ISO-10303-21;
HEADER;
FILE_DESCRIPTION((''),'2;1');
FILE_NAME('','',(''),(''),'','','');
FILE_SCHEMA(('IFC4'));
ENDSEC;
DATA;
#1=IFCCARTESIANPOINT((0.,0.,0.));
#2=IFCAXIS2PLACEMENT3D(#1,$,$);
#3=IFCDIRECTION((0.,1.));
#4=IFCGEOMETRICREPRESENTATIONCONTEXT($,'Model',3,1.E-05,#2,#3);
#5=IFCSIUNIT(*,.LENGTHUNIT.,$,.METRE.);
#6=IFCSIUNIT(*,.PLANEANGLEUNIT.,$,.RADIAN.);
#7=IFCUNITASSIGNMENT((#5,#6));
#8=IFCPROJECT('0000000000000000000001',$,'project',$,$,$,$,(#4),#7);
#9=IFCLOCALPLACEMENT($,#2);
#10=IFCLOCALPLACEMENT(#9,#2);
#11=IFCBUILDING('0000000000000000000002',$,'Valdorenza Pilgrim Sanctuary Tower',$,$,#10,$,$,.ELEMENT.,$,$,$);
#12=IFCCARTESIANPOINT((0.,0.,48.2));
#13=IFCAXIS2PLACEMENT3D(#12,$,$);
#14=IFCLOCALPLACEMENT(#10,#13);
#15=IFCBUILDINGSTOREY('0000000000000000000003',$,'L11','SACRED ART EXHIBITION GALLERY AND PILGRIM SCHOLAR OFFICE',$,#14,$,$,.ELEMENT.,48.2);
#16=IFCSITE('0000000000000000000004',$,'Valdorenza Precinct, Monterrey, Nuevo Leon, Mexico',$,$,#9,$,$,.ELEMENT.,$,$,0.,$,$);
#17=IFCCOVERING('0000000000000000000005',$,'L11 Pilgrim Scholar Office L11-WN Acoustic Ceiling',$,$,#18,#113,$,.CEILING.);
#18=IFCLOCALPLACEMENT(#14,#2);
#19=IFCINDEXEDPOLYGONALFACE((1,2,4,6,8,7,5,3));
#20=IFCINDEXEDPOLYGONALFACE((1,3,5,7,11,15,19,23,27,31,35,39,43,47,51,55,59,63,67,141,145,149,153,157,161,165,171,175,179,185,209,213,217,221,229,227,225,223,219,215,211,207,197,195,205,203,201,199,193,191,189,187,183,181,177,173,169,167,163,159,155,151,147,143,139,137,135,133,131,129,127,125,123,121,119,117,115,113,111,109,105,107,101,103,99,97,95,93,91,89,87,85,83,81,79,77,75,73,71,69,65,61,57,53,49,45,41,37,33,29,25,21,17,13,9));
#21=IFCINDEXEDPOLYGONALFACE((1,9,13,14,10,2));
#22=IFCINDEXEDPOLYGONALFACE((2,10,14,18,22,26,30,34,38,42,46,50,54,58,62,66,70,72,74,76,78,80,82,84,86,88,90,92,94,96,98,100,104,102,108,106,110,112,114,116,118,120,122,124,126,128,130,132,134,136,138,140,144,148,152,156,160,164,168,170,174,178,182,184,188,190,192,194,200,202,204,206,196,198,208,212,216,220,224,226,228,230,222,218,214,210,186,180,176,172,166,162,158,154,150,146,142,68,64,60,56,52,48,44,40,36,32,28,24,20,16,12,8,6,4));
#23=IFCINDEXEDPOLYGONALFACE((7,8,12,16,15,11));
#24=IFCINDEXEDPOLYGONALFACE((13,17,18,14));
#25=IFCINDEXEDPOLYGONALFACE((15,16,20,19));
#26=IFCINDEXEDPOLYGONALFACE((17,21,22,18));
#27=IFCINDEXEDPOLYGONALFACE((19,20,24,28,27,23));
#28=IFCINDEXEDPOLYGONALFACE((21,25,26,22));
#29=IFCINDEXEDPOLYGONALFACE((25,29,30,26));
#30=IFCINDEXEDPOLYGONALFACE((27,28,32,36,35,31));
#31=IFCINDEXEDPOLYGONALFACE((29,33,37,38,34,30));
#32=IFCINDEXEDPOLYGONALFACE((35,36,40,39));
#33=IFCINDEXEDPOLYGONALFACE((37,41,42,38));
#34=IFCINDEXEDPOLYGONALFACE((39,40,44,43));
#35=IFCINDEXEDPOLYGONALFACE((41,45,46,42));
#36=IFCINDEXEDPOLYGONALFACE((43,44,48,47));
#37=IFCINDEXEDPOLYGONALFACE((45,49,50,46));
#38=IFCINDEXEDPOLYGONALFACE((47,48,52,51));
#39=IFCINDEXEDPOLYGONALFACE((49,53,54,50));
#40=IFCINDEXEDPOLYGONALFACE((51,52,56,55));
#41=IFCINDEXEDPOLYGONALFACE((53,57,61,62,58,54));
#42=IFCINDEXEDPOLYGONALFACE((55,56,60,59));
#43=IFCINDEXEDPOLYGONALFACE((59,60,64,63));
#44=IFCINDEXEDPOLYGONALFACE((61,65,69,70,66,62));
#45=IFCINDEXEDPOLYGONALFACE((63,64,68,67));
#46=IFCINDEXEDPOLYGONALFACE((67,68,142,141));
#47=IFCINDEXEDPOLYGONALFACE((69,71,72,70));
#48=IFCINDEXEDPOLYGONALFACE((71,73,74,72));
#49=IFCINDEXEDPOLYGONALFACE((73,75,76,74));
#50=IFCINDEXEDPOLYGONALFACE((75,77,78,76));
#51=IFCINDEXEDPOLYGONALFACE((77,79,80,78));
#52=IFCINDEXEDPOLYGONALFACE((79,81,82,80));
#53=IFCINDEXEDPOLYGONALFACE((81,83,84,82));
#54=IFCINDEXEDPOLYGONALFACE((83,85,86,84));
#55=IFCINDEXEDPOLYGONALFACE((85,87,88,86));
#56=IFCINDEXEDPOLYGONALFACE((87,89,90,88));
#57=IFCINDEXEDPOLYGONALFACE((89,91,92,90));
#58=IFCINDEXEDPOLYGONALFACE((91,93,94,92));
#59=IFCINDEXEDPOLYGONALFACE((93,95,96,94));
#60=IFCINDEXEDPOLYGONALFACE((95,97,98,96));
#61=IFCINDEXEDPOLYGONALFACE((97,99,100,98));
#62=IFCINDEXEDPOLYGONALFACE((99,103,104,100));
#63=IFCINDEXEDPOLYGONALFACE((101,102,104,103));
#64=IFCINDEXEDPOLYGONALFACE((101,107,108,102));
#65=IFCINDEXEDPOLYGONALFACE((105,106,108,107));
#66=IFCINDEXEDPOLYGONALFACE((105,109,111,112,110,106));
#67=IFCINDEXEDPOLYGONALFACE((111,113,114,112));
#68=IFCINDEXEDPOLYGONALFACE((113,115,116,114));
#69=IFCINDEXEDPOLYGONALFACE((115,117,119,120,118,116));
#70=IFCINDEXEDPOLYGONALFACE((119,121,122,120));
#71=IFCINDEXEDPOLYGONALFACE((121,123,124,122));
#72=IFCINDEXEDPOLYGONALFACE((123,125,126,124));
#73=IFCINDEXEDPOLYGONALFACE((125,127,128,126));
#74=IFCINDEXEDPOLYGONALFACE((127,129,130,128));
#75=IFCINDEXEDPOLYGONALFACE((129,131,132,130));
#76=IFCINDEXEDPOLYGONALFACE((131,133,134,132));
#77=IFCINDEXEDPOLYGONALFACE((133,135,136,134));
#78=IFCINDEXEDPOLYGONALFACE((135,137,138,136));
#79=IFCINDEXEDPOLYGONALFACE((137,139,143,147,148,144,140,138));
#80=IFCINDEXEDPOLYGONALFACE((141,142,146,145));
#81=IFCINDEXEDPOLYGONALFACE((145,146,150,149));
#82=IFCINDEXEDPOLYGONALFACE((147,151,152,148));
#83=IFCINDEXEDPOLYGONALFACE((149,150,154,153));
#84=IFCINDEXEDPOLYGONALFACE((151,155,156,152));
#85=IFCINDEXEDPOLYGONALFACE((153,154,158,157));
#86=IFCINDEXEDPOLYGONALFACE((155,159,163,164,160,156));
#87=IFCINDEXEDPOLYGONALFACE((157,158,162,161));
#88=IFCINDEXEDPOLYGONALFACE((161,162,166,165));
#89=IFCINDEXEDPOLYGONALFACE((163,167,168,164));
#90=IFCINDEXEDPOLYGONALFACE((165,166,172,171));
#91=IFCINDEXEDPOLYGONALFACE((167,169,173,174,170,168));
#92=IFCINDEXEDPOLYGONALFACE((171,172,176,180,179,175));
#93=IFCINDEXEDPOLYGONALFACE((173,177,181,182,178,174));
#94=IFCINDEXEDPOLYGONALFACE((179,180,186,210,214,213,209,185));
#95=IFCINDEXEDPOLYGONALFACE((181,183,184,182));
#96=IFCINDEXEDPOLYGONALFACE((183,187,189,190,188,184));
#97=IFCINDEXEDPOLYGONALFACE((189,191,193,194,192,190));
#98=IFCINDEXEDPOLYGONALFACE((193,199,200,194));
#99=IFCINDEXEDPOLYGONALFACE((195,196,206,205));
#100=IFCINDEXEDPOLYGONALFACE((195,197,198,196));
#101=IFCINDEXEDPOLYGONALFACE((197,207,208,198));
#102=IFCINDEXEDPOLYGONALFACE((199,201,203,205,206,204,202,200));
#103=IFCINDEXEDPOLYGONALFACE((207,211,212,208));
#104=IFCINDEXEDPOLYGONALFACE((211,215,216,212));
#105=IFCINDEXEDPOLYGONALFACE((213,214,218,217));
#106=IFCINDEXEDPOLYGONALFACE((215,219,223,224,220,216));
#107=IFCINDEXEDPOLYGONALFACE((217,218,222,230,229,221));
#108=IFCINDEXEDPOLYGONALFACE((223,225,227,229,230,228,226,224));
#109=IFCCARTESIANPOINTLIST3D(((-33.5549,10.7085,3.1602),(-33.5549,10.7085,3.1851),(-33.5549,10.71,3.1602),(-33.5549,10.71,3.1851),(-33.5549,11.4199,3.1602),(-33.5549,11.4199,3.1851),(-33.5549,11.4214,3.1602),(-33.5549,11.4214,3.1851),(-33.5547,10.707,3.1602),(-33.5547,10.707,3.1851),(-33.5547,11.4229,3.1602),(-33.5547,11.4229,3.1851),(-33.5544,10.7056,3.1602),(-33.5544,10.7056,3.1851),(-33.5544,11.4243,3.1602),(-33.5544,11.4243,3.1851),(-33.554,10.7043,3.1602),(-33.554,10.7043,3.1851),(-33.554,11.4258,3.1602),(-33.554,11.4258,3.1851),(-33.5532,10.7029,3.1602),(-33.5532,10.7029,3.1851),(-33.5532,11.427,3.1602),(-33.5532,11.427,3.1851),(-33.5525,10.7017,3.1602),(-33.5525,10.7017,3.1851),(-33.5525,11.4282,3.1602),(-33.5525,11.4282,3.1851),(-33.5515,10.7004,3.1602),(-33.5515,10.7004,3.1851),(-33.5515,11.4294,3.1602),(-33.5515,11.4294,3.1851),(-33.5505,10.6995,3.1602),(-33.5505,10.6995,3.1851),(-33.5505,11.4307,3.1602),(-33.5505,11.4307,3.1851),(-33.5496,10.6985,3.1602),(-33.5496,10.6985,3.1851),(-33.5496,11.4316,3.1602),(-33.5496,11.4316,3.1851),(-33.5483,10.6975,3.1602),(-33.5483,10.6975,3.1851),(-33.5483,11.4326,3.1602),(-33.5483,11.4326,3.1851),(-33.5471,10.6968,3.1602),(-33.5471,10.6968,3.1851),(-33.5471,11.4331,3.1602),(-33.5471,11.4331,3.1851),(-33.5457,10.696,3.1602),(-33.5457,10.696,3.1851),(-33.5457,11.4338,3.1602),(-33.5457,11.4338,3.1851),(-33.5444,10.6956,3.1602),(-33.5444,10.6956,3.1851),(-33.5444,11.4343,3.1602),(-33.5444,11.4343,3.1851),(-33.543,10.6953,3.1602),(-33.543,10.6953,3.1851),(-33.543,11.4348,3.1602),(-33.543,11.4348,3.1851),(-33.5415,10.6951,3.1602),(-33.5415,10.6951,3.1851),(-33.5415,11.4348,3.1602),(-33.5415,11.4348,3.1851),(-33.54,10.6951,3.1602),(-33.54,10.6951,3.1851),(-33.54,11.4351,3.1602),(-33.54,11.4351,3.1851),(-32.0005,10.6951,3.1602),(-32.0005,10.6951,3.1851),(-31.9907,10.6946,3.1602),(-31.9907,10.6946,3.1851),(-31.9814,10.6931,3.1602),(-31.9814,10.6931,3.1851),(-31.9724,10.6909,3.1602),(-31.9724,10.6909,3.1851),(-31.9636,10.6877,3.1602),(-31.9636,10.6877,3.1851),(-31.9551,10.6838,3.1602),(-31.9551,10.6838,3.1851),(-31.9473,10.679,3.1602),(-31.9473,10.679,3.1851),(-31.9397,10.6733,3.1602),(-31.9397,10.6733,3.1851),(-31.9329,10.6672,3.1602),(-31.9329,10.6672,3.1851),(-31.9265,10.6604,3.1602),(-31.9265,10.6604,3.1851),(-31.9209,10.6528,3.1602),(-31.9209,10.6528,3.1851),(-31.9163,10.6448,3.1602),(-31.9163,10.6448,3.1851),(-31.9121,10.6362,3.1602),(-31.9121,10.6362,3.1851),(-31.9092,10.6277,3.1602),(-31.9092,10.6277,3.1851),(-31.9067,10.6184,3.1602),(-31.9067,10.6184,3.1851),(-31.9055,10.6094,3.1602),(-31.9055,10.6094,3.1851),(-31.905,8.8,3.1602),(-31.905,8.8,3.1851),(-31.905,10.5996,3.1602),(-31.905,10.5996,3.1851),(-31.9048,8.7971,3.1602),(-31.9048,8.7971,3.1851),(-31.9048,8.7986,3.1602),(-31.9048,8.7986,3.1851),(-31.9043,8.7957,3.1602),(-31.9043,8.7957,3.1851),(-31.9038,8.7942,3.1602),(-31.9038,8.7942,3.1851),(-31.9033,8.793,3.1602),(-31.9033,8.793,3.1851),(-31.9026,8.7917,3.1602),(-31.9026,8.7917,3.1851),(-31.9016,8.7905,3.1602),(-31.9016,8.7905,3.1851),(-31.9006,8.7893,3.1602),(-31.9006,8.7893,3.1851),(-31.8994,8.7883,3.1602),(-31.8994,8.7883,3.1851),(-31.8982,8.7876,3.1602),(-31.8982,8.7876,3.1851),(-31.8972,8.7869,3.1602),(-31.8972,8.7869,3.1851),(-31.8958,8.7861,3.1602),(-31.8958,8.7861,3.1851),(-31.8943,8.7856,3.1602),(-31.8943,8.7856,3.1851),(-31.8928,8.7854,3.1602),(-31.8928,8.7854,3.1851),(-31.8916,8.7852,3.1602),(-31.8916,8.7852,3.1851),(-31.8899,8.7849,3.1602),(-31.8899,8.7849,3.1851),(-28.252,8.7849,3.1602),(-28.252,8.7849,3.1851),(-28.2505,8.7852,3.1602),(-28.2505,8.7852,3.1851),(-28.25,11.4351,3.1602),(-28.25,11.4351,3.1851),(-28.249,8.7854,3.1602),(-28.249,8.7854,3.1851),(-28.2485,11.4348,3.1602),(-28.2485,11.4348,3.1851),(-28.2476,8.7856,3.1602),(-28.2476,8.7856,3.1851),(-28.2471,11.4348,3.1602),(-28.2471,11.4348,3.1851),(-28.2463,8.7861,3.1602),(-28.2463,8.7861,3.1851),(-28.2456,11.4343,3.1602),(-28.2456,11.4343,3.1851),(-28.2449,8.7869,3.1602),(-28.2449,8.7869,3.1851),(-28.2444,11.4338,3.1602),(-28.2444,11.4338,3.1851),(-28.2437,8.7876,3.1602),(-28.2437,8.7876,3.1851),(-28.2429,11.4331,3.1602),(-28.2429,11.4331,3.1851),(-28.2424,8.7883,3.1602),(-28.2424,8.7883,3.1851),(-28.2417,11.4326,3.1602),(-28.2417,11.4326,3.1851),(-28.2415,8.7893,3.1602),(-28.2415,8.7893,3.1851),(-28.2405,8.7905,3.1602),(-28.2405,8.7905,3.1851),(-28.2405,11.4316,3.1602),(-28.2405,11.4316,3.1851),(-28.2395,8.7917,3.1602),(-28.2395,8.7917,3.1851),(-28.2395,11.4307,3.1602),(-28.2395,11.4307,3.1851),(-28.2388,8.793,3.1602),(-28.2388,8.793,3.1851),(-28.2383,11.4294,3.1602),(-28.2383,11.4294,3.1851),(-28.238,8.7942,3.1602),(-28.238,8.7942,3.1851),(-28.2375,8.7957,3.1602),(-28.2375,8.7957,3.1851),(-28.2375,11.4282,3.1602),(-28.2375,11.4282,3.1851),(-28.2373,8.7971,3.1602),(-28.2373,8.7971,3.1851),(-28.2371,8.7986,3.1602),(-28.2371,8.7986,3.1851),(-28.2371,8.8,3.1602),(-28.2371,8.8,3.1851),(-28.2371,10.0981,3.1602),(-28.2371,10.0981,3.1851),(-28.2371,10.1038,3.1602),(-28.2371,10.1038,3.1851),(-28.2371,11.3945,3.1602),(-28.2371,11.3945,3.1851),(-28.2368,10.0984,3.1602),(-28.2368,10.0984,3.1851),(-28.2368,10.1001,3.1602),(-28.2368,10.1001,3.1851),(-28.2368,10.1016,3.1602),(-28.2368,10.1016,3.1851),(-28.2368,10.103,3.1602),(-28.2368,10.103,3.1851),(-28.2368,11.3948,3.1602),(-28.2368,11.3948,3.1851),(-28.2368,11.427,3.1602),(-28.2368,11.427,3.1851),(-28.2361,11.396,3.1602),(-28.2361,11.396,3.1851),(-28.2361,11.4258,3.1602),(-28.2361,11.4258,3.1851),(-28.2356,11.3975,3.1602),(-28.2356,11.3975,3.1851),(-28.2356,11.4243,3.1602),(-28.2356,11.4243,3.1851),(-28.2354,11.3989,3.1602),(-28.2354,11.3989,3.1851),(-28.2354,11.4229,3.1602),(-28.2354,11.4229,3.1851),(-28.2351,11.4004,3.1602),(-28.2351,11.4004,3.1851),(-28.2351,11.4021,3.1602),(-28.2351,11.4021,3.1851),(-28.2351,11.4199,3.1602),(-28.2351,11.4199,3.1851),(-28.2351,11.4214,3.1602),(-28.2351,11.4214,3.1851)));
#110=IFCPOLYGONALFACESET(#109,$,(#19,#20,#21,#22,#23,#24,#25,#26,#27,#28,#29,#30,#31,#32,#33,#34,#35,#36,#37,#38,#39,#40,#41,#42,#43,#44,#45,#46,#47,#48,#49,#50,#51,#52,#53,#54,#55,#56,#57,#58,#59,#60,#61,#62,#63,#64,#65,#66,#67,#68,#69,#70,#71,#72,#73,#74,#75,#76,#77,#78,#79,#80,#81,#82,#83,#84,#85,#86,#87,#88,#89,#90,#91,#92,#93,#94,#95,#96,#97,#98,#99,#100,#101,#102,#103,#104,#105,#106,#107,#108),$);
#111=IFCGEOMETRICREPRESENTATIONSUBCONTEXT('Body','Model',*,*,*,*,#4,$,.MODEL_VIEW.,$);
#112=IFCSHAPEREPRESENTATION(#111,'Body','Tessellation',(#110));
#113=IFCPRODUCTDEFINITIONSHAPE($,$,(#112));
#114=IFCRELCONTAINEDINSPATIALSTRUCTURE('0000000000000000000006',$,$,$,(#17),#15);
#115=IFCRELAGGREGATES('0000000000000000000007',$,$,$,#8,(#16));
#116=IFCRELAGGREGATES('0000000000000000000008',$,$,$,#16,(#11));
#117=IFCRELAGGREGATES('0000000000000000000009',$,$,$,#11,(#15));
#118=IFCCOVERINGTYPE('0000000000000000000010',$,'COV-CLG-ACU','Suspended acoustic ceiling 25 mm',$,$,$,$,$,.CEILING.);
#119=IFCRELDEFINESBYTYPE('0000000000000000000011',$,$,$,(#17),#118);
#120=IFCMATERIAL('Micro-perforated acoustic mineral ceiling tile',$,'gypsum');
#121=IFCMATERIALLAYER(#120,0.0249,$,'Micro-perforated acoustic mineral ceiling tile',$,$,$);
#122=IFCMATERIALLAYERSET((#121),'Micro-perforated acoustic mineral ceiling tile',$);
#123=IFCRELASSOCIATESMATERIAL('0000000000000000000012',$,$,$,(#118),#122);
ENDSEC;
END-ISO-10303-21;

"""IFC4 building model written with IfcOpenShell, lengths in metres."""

from ifc_helpers import new_model, si_unit, direction, frame, origin, place, context, subcontext, project, spatial, polyline, outline, extrude, material, layer, layer_set, type_object, element, save


model = new_model("IFC4")

# Units and contexts
model_context = context("Model", 3, precision=1e-05, world=origin(), true_north=direction((0.0, 1.0)))
body_context = subcontext(model_context, "Body", "Model", "MODEL_VIEW")
ifc_project = project(units=[si_unit("LENGTHUNIT", "METRE"), si_unit("PLANEANGLEUNIT", "RADIAN")], contexts=[model_context])

# Site, building, storey
site_placement = place(None, origin())
site = spatial("IfcSite", under=ifc_project, at=site_placement, Name="Valdorenza Precinct, Monterrey, Nuevo Leon, Mexico", CompositionType="ELEMENT", RefElevation=0.0)
building_placement = place(site_placement, origin())
building = spatial("IfcBuilding", under=site, at=building_placement, Name="Valdorenza Pilgrim Sanctuary Tower", CompositionType="ELEMENT")
storey_placement = place(building_placement, frame((0.0, 0.0, 48.2)))
storey = spatial("IfcBuildingStorey", under=building, at=storey_placement, Name="L11", Description="SACRED ART EXHIBITION GALLERY AND PILGRIM SCHOLAR OFFICE", CompositionType="ELEMENT", Elevation=48.2)

# Covering
ifc_material_1 = material(Name="Micro-perforated acoustic mineral ceiling tile", Category="gypsum")
ifc_layer_1 = layer(ifc_material_1, 0.0249, Name="Micro-perforated acoustic mineral ceiling tile")
ifc_layer_set_1 = layer_set([ifc_layer_1], Name="Micro-perforated acoustic mineral ceiling tile")
covering_type_1 = type_object("IfcCoveringType", Name="COV-CLG-ACU", Description="Suspended acoustic ceiling 25 mm", PredefinedType="CEILING", material=ifc_layer_set_1)
covering_1_placement = place(storey_placement, frame((0.0, 0.0, 3.1602)))
element("IfcCovering", 1, at=covering_1_placement, inside=storey, type_object=covering_type_1, Name="L11 Pilgrim Scholar Office L11-WN Acoustic Ceiling", PredefinedType="CEILING", context=body_context, shape_type="SweptSolid", body=[
    extrude(outline(polyline([(-28.2371, 11.3945), (-28.2371, 10.1038), (-28.2368, 10.103), (-28.2368, 10.1016), (-28.2368, 10.1001), (-28.2368, 10.0984), (-28.2371, 10.0981), (-28.2371, 8.8), (-28.2371, 8.7986), (-28.2373, 8.7971), (-28.2375, 8.7957), (-28.238, 8.7942), (-28.2388, 8.793), (-28.2395, 8.7917), (-28.2405, 8.7905), (-28.2415, 8.7893), (-28.2424, 8.7883), (-28.2437, 8.7876), (-28.2449, 8.7869), (-28.2463, 8.7861), (-28.2476, 8.7856), (-28.249, 8.7854), (-28.2505, 8.7852), (-28.252, 8.7849), (-31.8899, 8.7849), (-31.8916, 8.7852), (-31.8928, 8.7854), (-31.8943, 8.7856), (-31.8958, 8.7861), (-31.8972, 8.7869), (-31.8982, 8.7876), (-31.8994, 8.7883), (-31.9006, 8.7893), (-31.9016, 8.7905), (-31.9026, 8.7917), (-31.9033, 8.793), (-31.9038, 8.7942), (-31.9043, 8.7957), (-31.9048, 8.7971), (-31.9048, 8.7986), (-31.905, 8.8), (-31.905, 10.5996), (-31.9055, 10.6094), (-31.9067, 10.6184), (-31.9092, 10.6277), (-31.9121, 10.6362), (-31.9163, 10.6448), (-31.9209, 10.6528), (-31.9265, 10.6604), (-31.9329, 10.6672), (-31.9397, 10.6733), (-31.9473, 10.679), (-31.9551, 10.6838), (-31.9636, 10.6877), (-31.9724, 10.6909), (-31.9814, 10.6931), (-31.9907, 10.6946), (-32.0005, 10.6951), (-33.54, 10.6951), (-33.5415, 10.6951), (-33.543, 10.6953), (-33.5444, 10.6956), (-33.5457, 10.696), (-33.5471, 10.6968), (-33.5483, 10.6975), (-33.5496, 10.6985), (-33.5505, 10.6995), (-33.5515, 10.7004), (-33.5525, 10.7017), (-33.5532, 10.7029), (-33.554, 10.7043), (-33.5544, 10.7056), (-33.5547, 10.707), (-33.5549, 10.7085), (-33.5549, 10.71), (-33.5549, 11.4199), (-33.5549, 11.4214), (-33.5547, 11.4229), (-33.5544, 11.4243), (-33.554, 11.4258), (-33.5532, 11.427), (-33.5525, 11.4282), (-33.5515, 11.4294), (-33.5505, 11.4307), (-33.5496, 11.4316), (-33.5483, 11.4326), (-33.5471, 11.4331), (-33.5457, 11.4338), (-33.5444, 11.4343), (-33.543, 11.4348), (-33.5415, 11.4348), (-33.54, 11.4351), (-28.25, 11.4351), (-28.2485, 11.4348), (-28.2471, 11.4348), (-28.2456, 11.4343), (-28.2444, 11.4338), (-28.2429, 11.4331), (-28.2417, 11.4326), (-28.2405, 11.4316), (-28.2395, 11.4307), (-28.2383, 11.4294), (-28.2375, 11.4282), (-28.2368, 11.427), (-28.2361, 11.4258), (-28.2356, 11.4243), (-28.2354, 11.4229), (-28.2351, 11.4214), (-28.2351, 11.4199), (-28.2351, 11.4021), (-28.2351, 11.4004), (-28.2354, 11.3989), (-28.2356, 11.3975), (-28.2361, 11.396), (-28.2368, 11.3948), (-28.2371, 11.3945)])), origin(), (0.0, 0.0, 1.0), 0.0249),
])

save(model, "model.ifc")
